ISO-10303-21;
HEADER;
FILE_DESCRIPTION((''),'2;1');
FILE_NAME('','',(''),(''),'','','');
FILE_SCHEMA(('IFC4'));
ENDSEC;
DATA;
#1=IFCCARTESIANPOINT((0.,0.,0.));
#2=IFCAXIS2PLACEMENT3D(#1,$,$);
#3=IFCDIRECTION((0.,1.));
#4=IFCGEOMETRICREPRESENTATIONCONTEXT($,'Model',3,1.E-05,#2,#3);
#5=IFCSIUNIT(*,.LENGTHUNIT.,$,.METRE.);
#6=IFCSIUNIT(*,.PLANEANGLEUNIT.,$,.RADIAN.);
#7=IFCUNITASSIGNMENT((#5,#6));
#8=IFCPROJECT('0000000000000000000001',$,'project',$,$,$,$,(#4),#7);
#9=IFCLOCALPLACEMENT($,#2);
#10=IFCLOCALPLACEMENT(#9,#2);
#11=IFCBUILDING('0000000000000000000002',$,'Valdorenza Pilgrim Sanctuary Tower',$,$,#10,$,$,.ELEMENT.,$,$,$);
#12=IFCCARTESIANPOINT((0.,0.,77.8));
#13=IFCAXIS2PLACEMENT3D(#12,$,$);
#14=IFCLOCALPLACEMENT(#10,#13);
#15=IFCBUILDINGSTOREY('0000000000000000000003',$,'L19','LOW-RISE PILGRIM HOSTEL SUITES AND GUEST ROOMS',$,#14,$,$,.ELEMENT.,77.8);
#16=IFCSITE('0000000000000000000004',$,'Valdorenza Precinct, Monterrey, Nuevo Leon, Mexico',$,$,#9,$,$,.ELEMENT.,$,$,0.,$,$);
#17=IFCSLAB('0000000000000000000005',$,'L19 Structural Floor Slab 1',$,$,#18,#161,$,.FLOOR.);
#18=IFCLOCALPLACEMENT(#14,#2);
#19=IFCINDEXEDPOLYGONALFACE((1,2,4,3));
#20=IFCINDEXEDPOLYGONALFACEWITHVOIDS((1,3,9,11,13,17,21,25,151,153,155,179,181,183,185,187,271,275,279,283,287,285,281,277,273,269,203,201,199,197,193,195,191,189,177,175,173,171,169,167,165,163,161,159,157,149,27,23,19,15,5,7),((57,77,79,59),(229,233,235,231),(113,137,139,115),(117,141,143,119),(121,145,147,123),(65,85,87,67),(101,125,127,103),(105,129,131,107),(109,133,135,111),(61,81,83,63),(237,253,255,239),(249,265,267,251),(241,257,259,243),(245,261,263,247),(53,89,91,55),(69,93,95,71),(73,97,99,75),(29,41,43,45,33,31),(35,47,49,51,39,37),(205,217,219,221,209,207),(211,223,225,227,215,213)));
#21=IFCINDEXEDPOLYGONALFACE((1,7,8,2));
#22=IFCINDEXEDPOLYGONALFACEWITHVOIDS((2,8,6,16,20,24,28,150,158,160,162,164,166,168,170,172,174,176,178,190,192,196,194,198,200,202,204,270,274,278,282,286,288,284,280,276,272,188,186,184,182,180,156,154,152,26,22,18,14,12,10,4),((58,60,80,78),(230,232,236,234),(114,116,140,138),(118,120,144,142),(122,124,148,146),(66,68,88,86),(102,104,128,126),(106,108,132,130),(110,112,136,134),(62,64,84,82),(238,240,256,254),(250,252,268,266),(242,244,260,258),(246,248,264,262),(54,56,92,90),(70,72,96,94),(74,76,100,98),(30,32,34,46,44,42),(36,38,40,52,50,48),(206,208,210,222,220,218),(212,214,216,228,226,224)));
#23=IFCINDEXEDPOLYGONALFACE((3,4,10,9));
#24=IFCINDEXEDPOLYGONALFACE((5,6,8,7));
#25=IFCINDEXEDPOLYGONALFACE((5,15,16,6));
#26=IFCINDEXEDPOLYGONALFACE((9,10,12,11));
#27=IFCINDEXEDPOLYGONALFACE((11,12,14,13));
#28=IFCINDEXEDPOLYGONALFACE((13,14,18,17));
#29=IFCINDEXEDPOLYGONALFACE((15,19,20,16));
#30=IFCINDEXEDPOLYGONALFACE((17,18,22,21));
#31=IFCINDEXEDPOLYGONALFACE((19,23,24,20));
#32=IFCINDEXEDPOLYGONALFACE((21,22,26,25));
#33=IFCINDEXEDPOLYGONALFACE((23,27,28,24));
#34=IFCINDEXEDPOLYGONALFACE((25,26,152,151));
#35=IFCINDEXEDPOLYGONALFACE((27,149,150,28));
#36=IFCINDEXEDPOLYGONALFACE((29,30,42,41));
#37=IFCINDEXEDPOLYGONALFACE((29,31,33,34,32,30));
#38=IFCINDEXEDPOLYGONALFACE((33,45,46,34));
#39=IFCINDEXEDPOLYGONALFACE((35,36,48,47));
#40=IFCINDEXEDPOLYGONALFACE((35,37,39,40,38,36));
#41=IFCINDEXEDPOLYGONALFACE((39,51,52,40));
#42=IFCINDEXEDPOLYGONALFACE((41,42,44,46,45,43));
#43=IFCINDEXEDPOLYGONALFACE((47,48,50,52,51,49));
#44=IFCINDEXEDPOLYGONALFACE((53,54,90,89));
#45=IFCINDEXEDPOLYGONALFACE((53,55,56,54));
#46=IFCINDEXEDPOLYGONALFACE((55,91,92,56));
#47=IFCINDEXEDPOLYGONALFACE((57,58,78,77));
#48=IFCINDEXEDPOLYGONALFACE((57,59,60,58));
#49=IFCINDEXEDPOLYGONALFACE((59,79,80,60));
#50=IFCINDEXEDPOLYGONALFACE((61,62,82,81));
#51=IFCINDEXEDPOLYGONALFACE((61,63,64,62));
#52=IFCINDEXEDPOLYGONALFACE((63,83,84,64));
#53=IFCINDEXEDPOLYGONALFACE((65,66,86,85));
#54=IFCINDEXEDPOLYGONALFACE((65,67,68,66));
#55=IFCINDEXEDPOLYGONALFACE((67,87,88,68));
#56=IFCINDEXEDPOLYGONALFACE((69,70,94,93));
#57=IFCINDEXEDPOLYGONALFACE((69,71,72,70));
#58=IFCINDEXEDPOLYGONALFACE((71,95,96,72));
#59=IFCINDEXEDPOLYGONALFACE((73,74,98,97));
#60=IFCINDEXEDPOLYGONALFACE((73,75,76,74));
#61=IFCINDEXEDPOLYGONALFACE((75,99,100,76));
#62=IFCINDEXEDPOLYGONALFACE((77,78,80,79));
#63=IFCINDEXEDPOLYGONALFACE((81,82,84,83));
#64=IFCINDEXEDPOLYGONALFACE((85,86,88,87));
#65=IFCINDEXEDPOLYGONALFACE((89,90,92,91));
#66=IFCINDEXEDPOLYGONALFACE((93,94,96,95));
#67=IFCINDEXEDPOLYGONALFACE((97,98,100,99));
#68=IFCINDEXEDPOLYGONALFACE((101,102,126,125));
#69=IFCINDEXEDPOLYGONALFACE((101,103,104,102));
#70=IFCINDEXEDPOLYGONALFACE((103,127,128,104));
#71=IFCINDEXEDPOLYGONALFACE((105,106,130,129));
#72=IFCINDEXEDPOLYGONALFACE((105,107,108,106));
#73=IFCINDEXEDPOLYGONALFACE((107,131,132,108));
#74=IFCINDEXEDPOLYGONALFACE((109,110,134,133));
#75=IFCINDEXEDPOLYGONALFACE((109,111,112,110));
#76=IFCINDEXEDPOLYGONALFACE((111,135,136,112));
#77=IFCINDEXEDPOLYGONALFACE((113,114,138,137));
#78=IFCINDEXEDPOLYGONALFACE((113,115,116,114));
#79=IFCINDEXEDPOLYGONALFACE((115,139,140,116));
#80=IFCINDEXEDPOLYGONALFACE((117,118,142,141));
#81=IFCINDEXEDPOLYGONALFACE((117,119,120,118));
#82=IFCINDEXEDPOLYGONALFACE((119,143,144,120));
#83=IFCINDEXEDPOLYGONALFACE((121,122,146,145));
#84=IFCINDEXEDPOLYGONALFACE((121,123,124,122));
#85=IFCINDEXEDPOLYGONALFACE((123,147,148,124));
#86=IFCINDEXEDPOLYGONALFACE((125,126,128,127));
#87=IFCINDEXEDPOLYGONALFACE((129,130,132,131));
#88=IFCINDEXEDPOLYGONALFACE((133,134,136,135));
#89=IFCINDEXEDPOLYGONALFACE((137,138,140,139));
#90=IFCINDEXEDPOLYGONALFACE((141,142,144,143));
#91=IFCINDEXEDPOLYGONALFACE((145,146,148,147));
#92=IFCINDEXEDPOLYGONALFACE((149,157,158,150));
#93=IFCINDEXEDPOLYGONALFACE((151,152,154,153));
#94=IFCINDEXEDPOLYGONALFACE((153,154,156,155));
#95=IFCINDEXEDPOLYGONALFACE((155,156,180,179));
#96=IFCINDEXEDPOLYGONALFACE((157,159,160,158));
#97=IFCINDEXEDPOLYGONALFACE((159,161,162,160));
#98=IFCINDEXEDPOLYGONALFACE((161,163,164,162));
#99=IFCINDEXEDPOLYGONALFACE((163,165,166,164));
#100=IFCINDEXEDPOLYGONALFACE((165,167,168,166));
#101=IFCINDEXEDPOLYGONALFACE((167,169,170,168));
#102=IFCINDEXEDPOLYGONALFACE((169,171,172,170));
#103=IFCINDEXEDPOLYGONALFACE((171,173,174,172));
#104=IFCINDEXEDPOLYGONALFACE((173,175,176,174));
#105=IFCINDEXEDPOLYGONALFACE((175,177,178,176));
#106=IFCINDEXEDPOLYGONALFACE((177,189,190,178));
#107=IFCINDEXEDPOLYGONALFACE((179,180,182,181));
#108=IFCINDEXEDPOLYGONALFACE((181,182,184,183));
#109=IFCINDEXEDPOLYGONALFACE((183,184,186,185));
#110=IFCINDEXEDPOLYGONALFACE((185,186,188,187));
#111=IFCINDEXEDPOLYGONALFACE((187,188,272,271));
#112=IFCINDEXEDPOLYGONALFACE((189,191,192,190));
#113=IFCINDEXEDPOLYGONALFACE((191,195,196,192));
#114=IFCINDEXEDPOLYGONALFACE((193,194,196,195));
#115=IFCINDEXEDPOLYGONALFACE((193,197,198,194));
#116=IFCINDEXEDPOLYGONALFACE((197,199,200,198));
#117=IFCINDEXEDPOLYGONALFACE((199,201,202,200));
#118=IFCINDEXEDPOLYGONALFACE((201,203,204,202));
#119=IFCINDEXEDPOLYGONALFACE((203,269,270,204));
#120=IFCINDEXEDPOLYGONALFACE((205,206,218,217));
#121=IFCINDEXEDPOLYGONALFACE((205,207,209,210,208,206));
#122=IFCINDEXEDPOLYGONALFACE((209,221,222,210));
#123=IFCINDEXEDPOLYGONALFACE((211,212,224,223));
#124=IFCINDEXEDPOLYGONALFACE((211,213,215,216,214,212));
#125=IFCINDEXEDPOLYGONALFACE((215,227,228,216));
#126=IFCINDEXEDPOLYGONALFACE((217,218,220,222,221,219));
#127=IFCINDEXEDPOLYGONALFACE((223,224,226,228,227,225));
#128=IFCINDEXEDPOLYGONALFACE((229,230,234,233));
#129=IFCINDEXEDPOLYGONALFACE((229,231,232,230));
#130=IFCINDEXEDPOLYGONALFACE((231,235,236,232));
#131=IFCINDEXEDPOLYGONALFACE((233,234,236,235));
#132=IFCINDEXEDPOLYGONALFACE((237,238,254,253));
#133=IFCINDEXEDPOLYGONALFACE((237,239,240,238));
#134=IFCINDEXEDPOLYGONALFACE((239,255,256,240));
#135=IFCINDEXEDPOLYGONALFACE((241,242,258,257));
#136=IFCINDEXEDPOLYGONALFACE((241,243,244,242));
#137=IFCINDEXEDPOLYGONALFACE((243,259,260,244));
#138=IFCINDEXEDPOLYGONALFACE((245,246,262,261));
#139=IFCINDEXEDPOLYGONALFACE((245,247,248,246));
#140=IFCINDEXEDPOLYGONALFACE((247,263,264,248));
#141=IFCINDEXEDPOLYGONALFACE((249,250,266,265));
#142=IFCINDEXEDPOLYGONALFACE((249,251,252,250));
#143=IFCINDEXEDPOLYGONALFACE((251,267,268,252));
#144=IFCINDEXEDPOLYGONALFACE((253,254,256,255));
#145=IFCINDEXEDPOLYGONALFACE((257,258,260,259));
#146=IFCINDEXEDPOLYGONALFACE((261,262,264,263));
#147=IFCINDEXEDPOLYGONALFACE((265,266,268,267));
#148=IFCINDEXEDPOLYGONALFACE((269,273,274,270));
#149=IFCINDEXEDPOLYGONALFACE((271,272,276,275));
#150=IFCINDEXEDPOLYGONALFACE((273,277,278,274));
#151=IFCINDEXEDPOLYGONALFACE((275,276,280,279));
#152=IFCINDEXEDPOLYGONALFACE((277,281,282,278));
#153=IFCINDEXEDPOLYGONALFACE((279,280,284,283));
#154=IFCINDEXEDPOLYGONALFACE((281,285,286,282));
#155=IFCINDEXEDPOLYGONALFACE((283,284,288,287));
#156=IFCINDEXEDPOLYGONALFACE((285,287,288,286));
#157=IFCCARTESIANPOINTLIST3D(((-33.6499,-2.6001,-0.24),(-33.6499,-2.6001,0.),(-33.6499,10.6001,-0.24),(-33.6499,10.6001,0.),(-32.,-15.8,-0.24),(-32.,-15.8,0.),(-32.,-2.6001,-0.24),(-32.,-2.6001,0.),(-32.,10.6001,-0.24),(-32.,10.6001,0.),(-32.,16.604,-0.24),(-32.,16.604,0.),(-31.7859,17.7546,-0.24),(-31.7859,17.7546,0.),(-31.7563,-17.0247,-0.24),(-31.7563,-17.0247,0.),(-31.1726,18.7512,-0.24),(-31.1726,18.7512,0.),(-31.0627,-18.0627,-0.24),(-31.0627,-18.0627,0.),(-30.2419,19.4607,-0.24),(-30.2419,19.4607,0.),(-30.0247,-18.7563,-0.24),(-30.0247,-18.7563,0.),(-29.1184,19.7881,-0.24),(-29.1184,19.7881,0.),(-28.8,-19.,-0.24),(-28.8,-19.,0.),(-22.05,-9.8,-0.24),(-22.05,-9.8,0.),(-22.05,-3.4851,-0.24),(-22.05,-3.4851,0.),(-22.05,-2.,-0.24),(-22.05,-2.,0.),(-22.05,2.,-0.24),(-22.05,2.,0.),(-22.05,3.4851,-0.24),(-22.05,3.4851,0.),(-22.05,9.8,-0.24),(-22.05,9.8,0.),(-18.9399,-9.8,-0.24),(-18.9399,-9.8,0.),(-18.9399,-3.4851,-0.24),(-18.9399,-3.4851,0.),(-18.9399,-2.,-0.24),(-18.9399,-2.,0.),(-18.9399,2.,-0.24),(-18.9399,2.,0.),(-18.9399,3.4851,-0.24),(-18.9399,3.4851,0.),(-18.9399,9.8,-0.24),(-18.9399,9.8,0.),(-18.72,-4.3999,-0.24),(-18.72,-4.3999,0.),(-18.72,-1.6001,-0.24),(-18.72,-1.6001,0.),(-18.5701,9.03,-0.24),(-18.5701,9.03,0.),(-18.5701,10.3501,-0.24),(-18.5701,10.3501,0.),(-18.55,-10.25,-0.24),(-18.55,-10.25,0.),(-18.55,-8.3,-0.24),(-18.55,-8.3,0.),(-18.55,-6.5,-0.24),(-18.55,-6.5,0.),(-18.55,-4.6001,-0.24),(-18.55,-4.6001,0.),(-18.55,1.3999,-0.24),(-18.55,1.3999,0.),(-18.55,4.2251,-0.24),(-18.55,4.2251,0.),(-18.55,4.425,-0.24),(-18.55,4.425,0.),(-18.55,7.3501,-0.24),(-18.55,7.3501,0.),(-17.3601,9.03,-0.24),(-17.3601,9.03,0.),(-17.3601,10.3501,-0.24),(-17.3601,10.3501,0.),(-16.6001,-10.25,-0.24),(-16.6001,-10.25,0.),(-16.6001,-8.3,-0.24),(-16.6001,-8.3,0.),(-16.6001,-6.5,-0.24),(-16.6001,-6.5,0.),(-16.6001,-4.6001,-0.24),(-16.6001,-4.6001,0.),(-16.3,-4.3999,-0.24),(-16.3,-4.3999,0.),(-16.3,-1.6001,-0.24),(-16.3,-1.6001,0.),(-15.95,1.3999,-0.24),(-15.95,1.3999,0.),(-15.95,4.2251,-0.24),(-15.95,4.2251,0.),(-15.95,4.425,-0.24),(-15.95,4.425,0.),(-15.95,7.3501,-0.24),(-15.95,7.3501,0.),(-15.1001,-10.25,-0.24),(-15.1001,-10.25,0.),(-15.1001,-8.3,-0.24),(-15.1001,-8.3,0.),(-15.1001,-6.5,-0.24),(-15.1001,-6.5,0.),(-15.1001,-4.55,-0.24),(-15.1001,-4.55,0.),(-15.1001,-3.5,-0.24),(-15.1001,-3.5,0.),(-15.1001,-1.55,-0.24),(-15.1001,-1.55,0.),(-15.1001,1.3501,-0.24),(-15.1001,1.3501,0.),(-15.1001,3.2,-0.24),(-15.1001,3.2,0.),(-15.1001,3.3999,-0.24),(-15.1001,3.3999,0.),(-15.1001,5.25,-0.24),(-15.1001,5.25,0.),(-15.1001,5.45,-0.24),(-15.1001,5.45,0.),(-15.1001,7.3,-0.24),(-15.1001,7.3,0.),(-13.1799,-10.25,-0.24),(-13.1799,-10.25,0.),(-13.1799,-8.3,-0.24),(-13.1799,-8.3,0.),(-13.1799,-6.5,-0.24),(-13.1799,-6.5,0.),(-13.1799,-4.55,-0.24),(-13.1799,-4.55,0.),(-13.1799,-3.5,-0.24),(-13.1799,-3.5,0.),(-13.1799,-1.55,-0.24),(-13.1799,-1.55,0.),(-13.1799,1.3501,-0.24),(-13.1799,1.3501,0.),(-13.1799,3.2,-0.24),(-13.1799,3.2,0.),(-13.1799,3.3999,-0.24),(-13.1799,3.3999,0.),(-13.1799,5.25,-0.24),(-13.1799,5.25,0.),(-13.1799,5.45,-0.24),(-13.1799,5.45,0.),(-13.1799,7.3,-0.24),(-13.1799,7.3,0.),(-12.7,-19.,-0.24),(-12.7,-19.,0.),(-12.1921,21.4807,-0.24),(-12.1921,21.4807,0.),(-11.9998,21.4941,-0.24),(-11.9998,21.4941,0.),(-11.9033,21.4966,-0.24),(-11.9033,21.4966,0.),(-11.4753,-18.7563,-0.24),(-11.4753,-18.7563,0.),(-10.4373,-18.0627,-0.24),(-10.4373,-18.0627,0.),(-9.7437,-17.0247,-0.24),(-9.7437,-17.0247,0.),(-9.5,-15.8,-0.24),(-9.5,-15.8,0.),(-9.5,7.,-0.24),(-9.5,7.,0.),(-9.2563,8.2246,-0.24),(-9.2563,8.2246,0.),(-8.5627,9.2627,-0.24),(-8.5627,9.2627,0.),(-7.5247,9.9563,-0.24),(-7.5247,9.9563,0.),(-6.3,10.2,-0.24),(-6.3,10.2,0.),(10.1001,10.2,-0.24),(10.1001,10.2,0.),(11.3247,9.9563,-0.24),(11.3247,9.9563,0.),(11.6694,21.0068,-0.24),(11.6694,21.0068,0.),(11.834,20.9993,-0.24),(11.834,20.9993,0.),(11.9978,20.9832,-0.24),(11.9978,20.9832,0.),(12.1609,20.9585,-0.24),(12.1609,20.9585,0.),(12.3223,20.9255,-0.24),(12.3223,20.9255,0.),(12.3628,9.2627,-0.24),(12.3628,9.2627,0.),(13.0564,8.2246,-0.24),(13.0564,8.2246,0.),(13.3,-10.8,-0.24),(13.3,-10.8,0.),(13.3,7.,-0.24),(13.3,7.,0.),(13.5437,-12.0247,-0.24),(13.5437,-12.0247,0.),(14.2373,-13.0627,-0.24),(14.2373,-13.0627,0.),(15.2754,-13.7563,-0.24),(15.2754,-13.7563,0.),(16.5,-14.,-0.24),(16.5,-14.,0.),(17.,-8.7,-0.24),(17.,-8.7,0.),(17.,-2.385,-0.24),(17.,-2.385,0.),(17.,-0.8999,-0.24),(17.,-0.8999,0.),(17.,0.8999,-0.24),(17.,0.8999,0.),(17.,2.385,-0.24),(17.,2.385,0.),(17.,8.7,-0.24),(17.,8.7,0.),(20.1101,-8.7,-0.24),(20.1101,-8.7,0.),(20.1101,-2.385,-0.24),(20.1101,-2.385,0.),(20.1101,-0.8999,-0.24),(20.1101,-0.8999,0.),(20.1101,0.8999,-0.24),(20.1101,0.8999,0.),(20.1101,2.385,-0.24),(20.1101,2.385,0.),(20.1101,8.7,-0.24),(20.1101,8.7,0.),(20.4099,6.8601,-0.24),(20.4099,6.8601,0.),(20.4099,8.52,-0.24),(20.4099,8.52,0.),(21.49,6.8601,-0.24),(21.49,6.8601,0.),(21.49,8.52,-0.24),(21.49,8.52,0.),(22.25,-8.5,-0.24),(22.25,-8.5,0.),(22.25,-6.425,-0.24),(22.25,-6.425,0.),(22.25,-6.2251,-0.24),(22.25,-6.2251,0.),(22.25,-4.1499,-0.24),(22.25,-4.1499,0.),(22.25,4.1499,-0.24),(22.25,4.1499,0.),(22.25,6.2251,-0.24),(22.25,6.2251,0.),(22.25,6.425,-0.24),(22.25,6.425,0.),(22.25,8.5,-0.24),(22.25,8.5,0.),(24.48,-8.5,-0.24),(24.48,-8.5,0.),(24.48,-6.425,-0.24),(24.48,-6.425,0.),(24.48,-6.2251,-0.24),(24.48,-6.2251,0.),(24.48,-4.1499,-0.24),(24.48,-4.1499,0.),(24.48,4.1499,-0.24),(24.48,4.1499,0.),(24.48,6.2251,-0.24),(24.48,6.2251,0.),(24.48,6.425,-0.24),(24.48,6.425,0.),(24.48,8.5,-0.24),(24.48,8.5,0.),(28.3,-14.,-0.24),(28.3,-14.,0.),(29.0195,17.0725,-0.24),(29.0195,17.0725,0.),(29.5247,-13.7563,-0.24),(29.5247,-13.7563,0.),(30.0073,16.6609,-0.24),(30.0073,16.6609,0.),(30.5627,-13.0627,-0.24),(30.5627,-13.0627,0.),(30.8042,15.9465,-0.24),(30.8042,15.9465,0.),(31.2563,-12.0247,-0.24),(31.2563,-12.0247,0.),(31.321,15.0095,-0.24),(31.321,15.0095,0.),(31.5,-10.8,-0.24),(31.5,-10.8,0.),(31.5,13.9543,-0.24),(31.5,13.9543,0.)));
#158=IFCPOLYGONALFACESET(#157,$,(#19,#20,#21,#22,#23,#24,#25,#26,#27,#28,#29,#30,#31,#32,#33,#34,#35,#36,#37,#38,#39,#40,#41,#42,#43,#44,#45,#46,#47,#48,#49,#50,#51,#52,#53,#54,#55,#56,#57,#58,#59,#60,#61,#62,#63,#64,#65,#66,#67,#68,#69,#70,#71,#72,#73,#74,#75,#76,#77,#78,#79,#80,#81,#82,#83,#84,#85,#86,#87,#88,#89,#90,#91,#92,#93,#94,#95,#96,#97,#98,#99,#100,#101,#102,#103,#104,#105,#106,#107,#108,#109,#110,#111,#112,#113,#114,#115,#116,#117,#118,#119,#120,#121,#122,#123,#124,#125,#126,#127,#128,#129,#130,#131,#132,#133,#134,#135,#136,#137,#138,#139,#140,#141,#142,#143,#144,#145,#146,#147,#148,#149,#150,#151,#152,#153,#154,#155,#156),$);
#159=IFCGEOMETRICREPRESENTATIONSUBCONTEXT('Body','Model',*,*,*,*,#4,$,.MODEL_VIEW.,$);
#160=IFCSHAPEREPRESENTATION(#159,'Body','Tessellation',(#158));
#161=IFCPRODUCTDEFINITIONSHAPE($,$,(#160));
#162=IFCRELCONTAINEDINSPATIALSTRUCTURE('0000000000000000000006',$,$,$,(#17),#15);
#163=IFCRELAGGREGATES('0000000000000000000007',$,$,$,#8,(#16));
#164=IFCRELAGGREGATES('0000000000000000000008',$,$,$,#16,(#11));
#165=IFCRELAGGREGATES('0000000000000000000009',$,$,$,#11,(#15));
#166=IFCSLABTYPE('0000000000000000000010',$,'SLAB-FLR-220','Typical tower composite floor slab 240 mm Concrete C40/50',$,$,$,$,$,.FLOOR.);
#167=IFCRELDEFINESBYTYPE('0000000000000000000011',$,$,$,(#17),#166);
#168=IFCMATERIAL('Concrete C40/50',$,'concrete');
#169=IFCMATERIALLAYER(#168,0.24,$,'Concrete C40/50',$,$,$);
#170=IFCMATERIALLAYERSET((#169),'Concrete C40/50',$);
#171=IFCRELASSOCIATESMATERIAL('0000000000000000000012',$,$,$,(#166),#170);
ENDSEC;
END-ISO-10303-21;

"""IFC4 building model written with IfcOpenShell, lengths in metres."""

from ifc_helpers import new_model, si_unit, direction, frame, origin, place, context, subcontext, project, spatial, polyline, outline, extrude, material, layer, layer_set, type_object, element, save


model = new_model("IFC4")

# Units and contexts
model_context = context("Model", 3, precision=1e-05, world=origin(), true_north=direction((0.0, 1.0)))
body_context = subcontext(model_context, "Body", "Model", "MODEL_VIEW")
ifc_project = project(units=[si_unit("LENGTHUNIT", "METRE"), si_unit("PLANEANGLEUNIT", "RADIAN")], contexts=[model_context])

# Site, building, storey
site_placement = place(None, origin())
site = spatial("IfcSite", under=ifc_project, at=site_placement, Name="Valdorenza Precinct, Monterrey, Nuevo Leon, Mexico", CompositionType="ELEMENT", RefElevation=0.0)
building_placement = place(site_placement, origin())
building = spatial("IfcBuilding", under=site, at=building_placement, Name="Valdorenza Pilgrim Sanctuary Tower", CompositionType="ELEMENT")
storey_placement = place(building_placement, frame((0.0, 0.0, 77.8)))
storey = spatial("IfcBuildingStorey", under=building, at=storey_placement, Name="L19", Description="LOW-RISE PILGRIM HOSTEL SUITES AND GUEST ROOMS", CompositionType="ELEMENT", Elevation=77.8)

# Slab
ifc_material_1 = material(Name="Concrete C40/50", Category="concrete")
ifc_layer_1 = layer(ifc_material_1, 0.24, Name="Concrete C40/50")
ifc_layer_set_1 = layer_set([ifc_layer_1], Name="Concrete C40/50")
slab_type_1 = type_object("IfcSlabType", Name="SLAB-FLR-220", Description="Typical tower composite floor slab 240 mm Concrete C40/50", PredefinedType="FLOOR", material=ifc_layer_set_1)
slab_1_placement = place(storey_placement, frame((0.0, 0.0, -0.24)))
element("IfcSlab", 1, at=slab_1_placement, inside=storey, type_object=slab_type_1, Name="L19 Structural Floor Slab 1", PredefinedType="FLOOR", context=body_context, shape_type="SweptSolid", body=[
    extrude(outline(polyline([(-31.7859, 17.7546), (-31.1726, 18.7512), (-30.2419, 19.4607), (-29.1184, 19.7881), (-12.1921, 21.4807), (-11.9998, 21.4941), (-11.9033, 21.4966), (11.6694, 21.0068), (11.834, 20.9993), (11.9978, 20.9832), (12.1609, 20.9585), (12.3223, 20.9255), (29.0195, 17.0725), (30.0073, 16.6609), (30.8042, 15.9465), (31.321, 15.0095), (31.5, 13.9543), (31.5, -10.8), (31.2563, -12.0247), (30.5627, -13.0627), (29.5247, -13.7563), (28.3, -14.0), (16.5, -14.0), (15.2754, -13.7563), (14.2373, -13.0627), (13.5437, -12.0247), (13.3, -10.8), (13.3, 7.0), (13.0564, 8.2246), (12.3628, 9.2627), (11.3247, 9.9563), (10.1001, 10.2), (-6.3, 10.2), (-7.5247, 9.9563), (-8.5627, 9.2627), (-9.2563, 8.2246), (-9.5, 7.0), (-9.5, -15.8), (-9.7437, -17.0247), (-10.4373, -18.0627), (-11.4753, -18.7563), (-12.7, -19.0), (-28.8, -19.0), (-30.0247, -18.7563), (-31.0627, -18.0627), (-31.7563, -17.0247), (-32.0, -15.8), (-32.0, -2.6001), (-33.6499, -2.6001), (-33.6499, 10.6001), (-32.0, 10.6001), (-32.0, 16.604), (-31.7859, 17.7546)]), holes=[polyline([(-16.6001, -10.25), (-16.6001, -8.3), (-18.55, -8.3), (-18.55, -10.25), (-16.6001, -10.25)]), polyline([(-22.05, -9.8), (-18.9399, -9.8), (-18.9399, -3.4851), (-18.9399, -2.0), (-22.05, -2.0), (-22.05, -3.4851), (-22.05, -9.8)]), polyline([(-18.55, -6.5), (-16.6001, -6.5), (-16.6001, -4.6001), (-18.55, -4.6001), (-18.55, -6.5)]), polyline([(-13.1799, -6.5), (-13.1799, -4.55), (-15.1001, -4.55), (-15.1001, -6.5), (-13.1799, -6.5)]), polyline([(-18.72, -4.3999), (-16.3, -4.3999), (-16.3, -1.6001), (-18.72, -1.6001), (-18.72, -4.3999)]), polyline([(-13.1799, -3.5), (-13.1799, -1.55), (-15.1001, -1.55), (-15.1001, -3.5), (-13.1799, -3.5)]), polyline([(-22.05, 2.0), (-18.9399, 2.0), (-18.9399, 3.4851), (-18.9399, 9.8), (-22.05, 9.8), (-22.05, 3.4851), (-22.05, 2.0)]), polyline([(-18.55, 1.3999), (-15.95, 1.3999), (-15.95, 4.2251), (-18.55, 4.2251), (-18.55, 1.3999)]), polyline([(-15.95, 4.425), (-15.95, 7.3501), (-18.55, 7.3501), (-18.55, 4.425), (-15.95, 4.425)]), polyline([(-15.1001, 5.45), (-13.1799, 5.45), (-13.1799, 7.3), (-15.1001, 7.3), (-15.1001, 5.45)]), polyline([(-17.3601, 9.03), (-17.3601, 10.3501), (-18.5701, 10.3501), (-18.5701, 9.03), (-17.3601, 9.03)]), polyline([(-15.1001, -10.25), (-13.1799, -10.25), (-13.1799, -8.3), (-15.1001, -8.3), (-15.1001, -10.25)]), polyline([(22.25, -8.5), (24.48, -8.5), (24.48, -6.425), (22.25, -6.425), (22.25, -8.5)]), polyline([(17.0, -2.385), (17.0, -8.7), (20.1101, -8.7), (20.1101, -2.385), (20.1101, -0.8999), (17.0, -0.8999), (17.0, -2.385)]), polyline([(22.25, -6.2251), (24.48, -6.2251), (24.48, -4.1499), (22.25, -4.1499), (22.25, -6.2251)]), polyline([(17.0, 0.8999), (20.1101, 0.8999), (20.1101, 2.385), (20.1101, 8.7), (17.0, 8.7), (17.0, 2.385), (17.0, 0.8999)]), polyline([(-15.1001, 1.3501), (-13.1799, 1.3501), (-13.1799, 3.2), (-15.1001, 3.2), (-15.1001, 1.3501)]), polyline([(-15.1001, 3.3999), (-13.1799, 3.3999), (-13.1799, 5.25), (-15.1001, 5.25), (-15.1001, 3.3999)]), polyline([(22.25, 4.1499), (24.48, 4.1499), (24.48, 6.2251), (22.25, 6.2251), (22.25, 4.1499)]), polyline([(22.25, 6.425), (24.48, 6.425), (24.48, 8.5), (22.25, 8.5), (22.25, 6.425)]), polyline([(20.4099, 6.8601), (21.49, 6.8601), (21.49, 8.52), (20.4099, 8.52), (20.4099, 6.8601)])]), origin(), (0.0, 0.0, 1.0), 0.24),
])

save(model, "model.ifc")
